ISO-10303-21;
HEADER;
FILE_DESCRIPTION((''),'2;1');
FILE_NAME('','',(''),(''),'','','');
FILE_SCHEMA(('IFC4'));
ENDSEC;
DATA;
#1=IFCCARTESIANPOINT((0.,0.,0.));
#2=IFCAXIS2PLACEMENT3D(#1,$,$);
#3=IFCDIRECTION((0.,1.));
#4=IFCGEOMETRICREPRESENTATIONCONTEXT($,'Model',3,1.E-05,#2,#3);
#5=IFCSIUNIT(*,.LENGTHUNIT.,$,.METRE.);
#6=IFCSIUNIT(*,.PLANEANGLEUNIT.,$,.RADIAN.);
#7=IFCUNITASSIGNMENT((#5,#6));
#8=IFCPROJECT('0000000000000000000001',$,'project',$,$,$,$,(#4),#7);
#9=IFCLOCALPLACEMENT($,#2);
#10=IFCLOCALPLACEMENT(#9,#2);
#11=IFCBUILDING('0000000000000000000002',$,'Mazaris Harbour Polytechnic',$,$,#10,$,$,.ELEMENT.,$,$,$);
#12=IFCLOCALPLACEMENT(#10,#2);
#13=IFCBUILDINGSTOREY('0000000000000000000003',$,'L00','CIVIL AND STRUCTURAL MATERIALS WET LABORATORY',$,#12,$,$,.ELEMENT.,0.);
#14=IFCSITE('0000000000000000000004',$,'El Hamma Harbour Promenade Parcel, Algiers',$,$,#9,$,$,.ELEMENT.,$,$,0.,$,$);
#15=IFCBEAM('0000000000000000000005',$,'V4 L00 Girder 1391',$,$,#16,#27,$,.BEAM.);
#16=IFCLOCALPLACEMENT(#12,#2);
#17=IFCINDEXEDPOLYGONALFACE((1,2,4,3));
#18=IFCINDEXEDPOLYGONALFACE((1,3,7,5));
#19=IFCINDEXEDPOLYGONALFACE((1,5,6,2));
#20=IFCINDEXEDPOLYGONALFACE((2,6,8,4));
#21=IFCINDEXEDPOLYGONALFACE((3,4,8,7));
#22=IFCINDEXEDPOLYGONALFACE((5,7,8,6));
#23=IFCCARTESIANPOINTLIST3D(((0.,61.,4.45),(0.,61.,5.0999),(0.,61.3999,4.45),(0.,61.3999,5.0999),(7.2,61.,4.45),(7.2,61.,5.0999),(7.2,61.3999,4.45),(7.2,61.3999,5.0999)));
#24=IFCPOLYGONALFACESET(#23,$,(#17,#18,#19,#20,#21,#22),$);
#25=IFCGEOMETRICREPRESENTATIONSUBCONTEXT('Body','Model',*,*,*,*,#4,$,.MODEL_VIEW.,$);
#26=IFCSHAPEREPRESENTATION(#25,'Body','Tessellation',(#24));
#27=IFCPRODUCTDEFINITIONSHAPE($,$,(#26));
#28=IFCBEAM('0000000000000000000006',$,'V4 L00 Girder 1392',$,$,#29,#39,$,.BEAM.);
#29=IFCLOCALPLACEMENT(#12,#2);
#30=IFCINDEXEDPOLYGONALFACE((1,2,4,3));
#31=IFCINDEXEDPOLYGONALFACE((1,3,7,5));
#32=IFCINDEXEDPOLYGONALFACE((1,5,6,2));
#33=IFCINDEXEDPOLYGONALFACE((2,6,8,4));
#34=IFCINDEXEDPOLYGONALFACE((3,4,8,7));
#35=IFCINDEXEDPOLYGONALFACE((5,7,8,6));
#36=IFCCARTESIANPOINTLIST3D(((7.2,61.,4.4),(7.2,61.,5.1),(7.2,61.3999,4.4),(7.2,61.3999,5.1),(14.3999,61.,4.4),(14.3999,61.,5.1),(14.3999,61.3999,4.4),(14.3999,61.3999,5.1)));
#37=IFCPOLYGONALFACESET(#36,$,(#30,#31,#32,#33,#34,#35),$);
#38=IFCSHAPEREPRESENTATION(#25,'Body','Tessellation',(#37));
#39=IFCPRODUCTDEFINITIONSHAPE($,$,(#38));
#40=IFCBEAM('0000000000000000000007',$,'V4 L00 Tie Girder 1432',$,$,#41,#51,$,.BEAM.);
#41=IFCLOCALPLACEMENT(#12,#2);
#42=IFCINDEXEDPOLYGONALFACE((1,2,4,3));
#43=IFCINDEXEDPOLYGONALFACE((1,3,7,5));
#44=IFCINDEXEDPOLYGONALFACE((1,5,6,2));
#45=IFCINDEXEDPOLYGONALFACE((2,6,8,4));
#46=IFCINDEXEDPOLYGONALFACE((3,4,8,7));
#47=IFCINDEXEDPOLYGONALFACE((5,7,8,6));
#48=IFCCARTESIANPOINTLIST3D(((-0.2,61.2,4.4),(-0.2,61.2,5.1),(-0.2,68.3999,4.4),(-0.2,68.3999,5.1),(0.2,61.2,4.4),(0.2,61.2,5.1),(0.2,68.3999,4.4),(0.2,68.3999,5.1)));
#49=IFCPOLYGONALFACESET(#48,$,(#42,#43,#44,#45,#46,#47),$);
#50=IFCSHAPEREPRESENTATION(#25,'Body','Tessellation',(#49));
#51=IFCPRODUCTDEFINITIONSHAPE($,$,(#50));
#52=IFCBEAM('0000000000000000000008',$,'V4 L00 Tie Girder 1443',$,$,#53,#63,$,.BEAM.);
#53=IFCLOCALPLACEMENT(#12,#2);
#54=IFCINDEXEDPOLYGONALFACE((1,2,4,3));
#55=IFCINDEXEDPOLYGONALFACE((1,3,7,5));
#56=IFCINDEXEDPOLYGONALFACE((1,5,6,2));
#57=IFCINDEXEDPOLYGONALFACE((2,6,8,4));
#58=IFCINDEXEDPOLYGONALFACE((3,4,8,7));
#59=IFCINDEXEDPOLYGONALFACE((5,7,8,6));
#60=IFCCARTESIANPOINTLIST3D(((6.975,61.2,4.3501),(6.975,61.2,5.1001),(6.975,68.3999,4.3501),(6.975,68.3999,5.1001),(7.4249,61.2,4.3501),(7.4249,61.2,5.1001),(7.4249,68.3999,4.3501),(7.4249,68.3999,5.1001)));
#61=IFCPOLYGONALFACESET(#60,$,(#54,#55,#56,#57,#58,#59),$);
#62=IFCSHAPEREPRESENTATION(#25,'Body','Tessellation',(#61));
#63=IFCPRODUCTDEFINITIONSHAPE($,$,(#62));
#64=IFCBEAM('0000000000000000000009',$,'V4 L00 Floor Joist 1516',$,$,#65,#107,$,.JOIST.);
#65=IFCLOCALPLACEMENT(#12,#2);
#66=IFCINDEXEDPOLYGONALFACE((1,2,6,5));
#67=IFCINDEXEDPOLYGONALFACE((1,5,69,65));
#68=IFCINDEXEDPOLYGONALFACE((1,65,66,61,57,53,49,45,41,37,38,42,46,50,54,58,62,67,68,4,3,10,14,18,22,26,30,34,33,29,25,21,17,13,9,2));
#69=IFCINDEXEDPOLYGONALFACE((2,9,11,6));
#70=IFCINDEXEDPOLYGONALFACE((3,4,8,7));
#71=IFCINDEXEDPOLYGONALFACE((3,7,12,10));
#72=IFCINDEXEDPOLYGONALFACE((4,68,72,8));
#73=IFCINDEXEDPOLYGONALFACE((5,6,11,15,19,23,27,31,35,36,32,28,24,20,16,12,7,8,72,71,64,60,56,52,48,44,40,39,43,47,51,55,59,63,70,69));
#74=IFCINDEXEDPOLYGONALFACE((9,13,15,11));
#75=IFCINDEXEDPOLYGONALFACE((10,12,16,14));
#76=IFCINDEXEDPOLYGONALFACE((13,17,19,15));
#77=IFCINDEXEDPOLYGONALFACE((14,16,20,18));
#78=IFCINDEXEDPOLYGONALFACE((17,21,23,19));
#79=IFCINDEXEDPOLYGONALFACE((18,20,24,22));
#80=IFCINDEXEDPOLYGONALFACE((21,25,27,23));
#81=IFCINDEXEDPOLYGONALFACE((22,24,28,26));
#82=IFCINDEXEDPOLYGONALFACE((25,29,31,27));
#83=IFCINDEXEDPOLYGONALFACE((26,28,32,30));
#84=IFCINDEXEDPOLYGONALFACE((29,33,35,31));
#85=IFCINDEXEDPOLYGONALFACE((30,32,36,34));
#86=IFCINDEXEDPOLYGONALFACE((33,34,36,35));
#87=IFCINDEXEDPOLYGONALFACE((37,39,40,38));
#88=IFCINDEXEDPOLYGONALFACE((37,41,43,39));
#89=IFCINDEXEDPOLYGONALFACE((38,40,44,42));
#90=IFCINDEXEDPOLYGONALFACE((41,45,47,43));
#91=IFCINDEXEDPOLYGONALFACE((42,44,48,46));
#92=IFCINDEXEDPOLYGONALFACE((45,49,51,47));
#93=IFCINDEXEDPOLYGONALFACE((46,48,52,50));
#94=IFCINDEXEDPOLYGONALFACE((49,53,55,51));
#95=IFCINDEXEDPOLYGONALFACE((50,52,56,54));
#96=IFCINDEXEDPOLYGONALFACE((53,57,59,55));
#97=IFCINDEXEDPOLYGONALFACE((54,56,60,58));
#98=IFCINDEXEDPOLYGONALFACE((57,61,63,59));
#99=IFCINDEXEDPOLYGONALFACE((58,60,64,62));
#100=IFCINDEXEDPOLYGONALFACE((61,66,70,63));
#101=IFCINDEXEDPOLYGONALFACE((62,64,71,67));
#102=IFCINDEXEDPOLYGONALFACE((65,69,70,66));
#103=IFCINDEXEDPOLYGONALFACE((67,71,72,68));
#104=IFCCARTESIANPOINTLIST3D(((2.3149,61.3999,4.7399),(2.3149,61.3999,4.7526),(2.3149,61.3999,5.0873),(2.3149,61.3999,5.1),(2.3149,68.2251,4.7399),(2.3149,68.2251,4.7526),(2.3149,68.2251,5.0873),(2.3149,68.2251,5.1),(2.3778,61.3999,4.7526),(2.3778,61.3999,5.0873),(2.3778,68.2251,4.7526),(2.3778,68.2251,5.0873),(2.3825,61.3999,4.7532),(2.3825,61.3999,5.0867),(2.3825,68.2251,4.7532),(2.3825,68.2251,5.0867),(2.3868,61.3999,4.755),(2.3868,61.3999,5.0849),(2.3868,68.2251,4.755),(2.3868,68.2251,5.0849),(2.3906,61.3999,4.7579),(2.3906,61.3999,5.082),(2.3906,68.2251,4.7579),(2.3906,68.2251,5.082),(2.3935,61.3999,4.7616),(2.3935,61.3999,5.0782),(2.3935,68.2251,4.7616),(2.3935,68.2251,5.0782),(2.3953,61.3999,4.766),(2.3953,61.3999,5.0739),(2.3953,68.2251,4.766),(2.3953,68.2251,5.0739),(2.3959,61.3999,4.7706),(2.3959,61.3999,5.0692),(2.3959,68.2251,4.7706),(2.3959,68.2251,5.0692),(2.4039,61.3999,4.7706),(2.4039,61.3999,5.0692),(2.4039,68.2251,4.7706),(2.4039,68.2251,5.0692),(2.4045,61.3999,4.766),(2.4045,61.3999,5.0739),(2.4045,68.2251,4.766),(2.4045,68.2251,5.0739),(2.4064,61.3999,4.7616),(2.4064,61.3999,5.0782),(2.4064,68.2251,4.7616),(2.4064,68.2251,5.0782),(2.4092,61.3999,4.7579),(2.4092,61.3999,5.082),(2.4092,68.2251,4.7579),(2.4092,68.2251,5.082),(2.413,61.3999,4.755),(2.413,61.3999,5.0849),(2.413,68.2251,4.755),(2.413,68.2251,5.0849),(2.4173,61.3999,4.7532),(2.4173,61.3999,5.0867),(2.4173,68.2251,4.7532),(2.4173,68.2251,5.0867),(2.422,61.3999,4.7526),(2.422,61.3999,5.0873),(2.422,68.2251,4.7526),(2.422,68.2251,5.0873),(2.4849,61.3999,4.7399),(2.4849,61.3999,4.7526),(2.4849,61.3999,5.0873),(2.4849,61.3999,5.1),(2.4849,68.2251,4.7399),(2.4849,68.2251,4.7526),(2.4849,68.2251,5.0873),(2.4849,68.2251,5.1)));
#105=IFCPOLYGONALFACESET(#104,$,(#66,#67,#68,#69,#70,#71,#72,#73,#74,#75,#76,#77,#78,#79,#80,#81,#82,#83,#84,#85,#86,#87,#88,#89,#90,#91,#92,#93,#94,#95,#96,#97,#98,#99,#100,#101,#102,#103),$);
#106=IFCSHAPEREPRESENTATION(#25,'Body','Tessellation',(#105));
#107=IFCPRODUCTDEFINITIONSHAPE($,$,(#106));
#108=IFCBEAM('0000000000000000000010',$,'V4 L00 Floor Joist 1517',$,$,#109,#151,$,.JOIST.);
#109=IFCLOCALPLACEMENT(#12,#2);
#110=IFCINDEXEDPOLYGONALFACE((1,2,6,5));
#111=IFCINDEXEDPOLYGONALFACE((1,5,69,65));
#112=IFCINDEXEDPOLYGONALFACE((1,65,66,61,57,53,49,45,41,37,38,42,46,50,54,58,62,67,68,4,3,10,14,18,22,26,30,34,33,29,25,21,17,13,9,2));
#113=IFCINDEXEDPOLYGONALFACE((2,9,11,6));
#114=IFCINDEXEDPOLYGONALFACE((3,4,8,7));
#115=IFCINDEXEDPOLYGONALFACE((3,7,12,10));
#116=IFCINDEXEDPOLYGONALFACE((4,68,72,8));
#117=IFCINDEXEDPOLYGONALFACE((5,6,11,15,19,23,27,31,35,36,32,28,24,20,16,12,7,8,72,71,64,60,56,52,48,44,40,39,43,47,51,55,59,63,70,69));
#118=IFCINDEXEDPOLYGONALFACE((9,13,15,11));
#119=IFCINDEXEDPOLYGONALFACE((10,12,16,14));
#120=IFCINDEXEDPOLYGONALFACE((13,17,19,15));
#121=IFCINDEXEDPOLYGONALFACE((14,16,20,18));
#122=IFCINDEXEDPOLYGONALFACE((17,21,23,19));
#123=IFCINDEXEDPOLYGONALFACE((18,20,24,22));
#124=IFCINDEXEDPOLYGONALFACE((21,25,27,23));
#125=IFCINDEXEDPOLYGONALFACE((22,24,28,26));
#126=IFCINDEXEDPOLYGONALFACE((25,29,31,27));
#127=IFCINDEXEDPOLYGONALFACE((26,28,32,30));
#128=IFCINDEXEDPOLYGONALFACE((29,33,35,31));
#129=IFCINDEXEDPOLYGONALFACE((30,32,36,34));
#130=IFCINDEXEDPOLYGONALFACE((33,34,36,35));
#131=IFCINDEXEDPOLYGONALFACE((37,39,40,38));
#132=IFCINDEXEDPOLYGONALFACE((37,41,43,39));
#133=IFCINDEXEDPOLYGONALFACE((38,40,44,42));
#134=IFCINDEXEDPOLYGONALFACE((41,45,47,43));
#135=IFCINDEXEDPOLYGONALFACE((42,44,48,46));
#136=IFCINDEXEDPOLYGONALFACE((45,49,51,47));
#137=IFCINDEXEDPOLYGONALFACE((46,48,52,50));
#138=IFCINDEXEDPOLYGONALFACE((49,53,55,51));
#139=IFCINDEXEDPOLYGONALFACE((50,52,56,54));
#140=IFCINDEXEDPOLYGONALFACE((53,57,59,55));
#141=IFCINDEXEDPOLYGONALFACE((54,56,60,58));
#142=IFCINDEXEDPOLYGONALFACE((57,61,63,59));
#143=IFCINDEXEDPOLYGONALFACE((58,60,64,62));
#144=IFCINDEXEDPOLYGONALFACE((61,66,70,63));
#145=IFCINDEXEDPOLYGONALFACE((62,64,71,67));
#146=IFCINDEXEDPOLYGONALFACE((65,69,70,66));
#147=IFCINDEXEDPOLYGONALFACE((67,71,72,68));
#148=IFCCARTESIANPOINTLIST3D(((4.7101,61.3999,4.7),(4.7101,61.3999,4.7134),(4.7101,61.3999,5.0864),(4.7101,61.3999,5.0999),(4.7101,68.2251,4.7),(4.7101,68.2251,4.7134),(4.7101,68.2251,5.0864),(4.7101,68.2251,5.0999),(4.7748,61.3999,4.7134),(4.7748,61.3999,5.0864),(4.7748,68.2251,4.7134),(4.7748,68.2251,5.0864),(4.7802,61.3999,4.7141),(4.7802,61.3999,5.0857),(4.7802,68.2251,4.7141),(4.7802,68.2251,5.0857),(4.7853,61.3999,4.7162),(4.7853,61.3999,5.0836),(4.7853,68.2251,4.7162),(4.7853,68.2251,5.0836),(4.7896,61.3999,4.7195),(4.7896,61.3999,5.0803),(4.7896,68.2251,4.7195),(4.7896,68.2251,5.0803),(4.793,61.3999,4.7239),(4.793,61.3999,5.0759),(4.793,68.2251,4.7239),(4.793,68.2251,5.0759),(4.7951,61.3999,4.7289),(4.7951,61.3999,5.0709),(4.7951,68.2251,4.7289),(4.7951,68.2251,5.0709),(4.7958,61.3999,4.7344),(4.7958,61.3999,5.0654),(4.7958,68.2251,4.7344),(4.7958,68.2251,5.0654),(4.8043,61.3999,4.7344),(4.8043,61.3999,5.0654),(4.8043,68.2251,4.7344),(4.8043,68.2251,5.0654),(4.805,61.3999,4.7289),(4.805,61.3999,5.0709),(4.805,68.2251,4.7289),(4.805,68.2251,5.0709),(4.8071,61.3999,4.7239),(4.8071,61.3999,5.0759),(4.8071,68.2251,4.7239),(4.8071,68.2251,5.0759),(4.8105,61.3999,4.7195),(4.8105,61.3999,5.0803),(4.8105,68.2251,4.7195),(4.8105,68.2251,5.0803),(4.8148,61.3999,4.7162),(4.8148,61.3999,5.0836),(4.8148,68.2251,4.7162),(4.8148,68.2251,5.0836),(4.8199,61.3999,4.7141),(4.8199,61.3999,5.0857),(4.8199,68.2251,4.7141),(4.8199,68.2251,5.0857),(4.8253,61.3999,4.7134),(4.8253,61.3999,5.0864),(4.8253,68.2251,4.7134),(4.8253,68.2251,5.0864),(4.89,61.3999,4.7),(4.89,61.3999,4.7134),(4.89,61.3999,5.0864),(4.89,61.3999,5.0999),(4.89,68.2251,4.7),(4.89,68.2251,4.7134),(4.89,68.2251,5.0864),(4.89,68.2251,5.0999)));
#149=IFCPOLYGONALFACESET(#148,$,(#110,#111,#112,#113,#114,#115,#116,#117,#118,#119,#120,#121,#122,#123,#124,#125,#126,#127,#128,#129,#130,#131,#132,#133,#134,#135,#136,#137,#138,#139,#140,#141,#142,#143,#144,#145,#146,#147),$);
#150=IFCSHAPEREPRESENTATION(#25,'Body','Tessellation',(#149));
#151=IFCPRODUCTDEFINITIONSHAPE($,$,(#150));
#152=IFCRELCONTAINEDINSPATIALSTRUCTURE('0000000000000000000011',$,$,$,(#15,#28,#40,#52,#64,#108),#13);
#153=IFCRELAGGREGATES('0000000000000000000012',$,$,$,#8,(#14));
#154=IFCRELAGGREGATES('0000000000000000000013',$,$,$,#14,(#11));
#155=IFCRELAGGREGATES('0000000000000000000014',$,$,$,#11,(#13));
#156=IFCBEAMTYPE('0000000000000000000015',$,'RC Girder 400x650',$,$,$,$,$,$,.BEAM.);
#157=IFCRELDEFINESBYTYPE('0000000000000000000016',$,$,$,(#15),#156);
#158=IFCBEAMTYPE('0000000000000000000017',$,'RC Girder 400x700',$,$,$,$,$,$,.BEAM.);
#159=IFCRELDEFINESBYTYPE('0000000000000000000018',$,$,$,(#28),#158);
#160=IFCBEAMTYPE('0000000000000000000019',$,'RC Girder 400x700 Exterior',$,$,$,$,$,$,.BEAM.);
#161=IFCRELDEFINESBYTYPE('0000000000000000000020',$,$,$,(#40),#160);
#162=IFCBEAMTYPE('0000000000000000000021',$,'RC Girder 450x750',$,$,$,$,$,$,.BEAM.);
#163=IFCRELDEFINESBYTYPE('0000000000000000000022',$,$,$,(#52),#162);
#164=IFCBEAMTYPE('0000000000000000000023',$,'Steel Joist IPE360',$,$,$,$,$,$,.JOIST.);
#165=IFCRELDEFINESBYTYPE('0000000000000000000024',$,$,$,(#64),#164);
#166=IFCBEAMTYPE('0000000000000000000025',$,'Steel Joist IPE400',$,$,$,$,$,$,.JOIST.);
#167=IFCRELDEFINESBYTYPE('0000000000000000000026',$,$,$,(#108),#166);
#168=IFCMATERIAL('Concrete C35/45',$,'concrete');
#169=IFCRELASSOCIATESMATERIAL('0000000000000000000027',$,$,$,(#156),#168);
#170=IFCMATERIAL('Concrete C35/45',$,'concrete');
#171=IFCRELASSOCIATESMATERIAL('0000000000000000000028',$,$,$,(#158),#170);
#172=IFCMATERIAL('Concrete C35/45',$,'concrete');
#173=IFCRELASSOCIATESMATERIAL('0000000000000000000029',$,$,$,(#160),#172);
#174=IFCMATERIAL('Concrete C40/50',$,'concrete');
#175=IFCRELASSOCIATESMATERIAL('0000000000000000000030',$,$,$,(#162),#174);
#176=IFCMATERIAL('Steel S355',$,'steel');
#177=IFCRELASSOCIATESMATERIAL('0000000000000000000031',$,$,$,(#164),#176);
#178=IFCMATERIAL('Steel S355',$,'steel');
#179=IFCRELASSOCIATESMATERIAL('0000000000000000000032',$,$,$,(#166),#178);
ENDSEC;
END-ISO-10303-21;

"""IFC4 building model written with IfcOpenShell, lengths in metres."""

from ifc_helpers import new_model, si_unit, direction, frame, origin, origin_2d, place, context, subcontext, project, spatial, rectangle, i_section, extrude, material, material_profile, profile_set, type_object, element, save


model = new_model("IFC4")

# Units and contexts
model_context = context("Model", 3, precision=1e-05, world=origin(), true_north=direction((0.0, 1.0)))
body_context = subcontext(model_context, "Body", "Model", "MODEL_VIEW")
ifc_project = project(units=[si_unit("LENGTHUNIT", "METRE"), si_unit("PLANEANGLEUNIT", "RADIAN")], contexts=[model_context])

# Site, building, storey
site_placement = place(None, origin())
site = spatial("IfcSite", under=ifc_project, at=site_placement, Name="El Hamma Harbour Promenade Parcel, Algiers", CompositionType="ELEMENT", RefElevation=0.0)
building_placement = place(site_placement, origin())
building = spatial("IfcBuilding", under=site, at=building_placement, Name="Mazaris Harbour Polytechnic", CompositionType="ELEMENT")
storey_placement = place(building_placement, origin())
storey = spatial("IfcBuildingStorey", under=building, at=storey_placement, Name="L00", Description="CIVIL AND STRUCTURAL MATERIALS WET LABORATORY", CompositionType="ELEMENT", Elevation=0.0)

# Beams
ifc_material_1 = material(Name="Concrete C35/45", Category="concrete")
ifc_material_profile_1 = material_profile(ifc_material_1, rectangle(XDim=0.3999, YDim=0.6499, at=origin_2d()), Name="RECT400x650")
ifc_profile_set_1 = profile_set([ifc_material_profile_1], Name="Concrete C35/45")
beam_type_1 = type_object("IfcBeamType", Name="RC Girder 400x650", PredefinedType="BEAM", material=ifc_profile_set_1)
beam_1_placement = place(storey_placement, frame((0.0, 61.2, 4.7749), z_axis=(1.0, 0.0, 0.0), x_axis=(0.0, 1.0, 0.0)))
element("IfcBeam", 1, at=beam_1_placement, inside=storey, type_object=beam_type_1, Name="V4 L00 Girder 1391", PredefinedType="BEAM", context=body_context, shape_type="SweptSolid", body=[
    extrude(rectangle(XDim=0.3999, YDim=0.6499, at=origin_2d()), origin(), (0.0, 0.0, 1.0), 7.2),
])
ifc_material_2 = material(Name="Concrete C35/45", Category="concrete")
ifc_material_profile_2 = material_profile(ifc_material_2, rectangle(XDim=0.3999, YDim=0.7, at=origin_2d()), Name="RECT400x700")
ifc_profile_set_2 = profile_set([ifc_material_profile_2], Name="Concrete C35/45")
beam_type_2 = type_object("IfcBeamType", Name="RC Girder 400x700", PredefinedType="BEAM", material=ifc_profile_set_2)
beam_2_placement = place(storey_placement, frame((7.2, 61.2, 4.75), z_axis=(1.0, 0.0, 0.0), x_axis=(0.0, 1.0, 0.0)))
element("IfcBeam", 2, at=beam_2_placement, inside=storey, type_object=beam_type_2, Name="V4 L00 Girder 1392", PredefinedType="BEAM", context=body_context, shape_type="SweptSolid", body=[
    extrude(rectangle(XDim=0.3999, YDim=0.7, at=origin_2d()), origin(), (0.0, 0.0, 1.0), 7.2),
])
ifc_material_3 = material(Name="Concrete C35/45", Category="concrete")
ifc_material_profile_3 = material_profile(ifc_material_3, rectangle(XDim=0.3999, YDim=0.7, at=origin_2d()), Name="RECT400x700")
ifc_profile_set_3 = profile_set([ifc_material_profile_3], Name="Concrete C35/45")
beam_type_3 = type_object("IfcBeamType", Name="RC Girder 400x700 Exterior", PredefinedType="BEAM", material=ifc_profile_set_3)
beam_3_placement = place(storey_placement, frame((0.0, 61.2, 4.75), z_axis=(0.0, 1.0, 0.0), x_axis=(-1.0, 0.0, 0.0)))
element("IfcBeam", 3, at=beam_3_placement, inside=storey, type_object=beam_type_3, Name="V4 L00 Tie Girder 1432", PredefinedType="BEAM", context=body_context, shape_type="SweptSolid", body=[
    extrude(rectangle(XDim=0.3999, YDim=0.7, at=origin_2d()), origin(), (0.0, 0.0, 1.0), 7.2),
])
ifc_material_4 = material(Name="Concrete C40/50", Category="concrete")
ifc_material_profile_4 = material_profile(ifc_material_4, rectangle(XDim=0.45, YDim=0.75, at=origin_2d()), Name="RECT450x750")
ifc_profile_set_4 = profile_set([ifc_material_profile_4], Name="Concrete C40/50")
beam_type_4 = type_object("IfcBeamType", Name="RC Girder 450x750", PredefinedType="BEAM", material=ifc_profile_set_4)
beam_4_placement = place(storey_placement, frame((7.2, 61.2, 4.7251), z_axis=(0.0, 1.0, 0.0), x_axis=(-1.0, 0.0, 0.0)))
element("IfcBeam", 4, at=beam_4_placement, inside=storey, type_object=beam_type_4, Name="V4 L00 Tie Girder 1443", PredefinedType="BEAM", context=body_context, shape_type="SweptSolid", body=[
    extrude(rectangle(XDim=0.45, YDim=0.75, at=origin_2d()), origin(), (0.0, 0.0, 1.0), 7.2),
])
ifc_material_5 = material(Name="Steel S355", Category="steel")
ifc_material_profile_5 = material_profile(ifc_material_5, i_section(OverallWidth=0.1699, OverallDepth=0.3601, WebThickness=0.0081, FlangeThickness=0.0127, FilletRadius=0.0181, at=origin_2d()), Name="IPE 360")
ifc_profile_set_5 = profile_set([ifc_material_profile_5], Name="Steel S355")
beam_type_5 = type_object("IfcBeamType", Name="Steel Joist IPE360", PredefinedType="JOIST", material=ifc_profile_set_5)
beam_5_placement = place(storey_placement, frame((2.3999, 61.3999, 4.9199), z_axis=(0.0, 1.0, 0.0), x_axis=(-1.0, 0.0, 0.0)))
element("IfcBeam", 5, at=beam_5_placement, inside=storey, type_object=beam_type_5, Name="V4 L00 Floor Joist 1516", PredefinedType="JOIST", context=body_context, shape_type="SweptSolid", body=[
    extrude(i_section(OverallWidth=0.1699, OverallDepth=0.3601, WebThickness=0.0081, FlangeThickness=0.0127, FilletRadius=0.0181, at=origin_2d()), origin(), (0.0, 0.0, 1.0), 6.8252),
])
ifc_material_6 = material(Name="Steel S355", Category="steel")
ifc_material_profile_6 = material_profile(ifc_material_6, i_section(OverallWidth=0.1799, OverallDepth=0.3999, WebThickness=0.0085, FlangeThickness=0.0134, FilletRadius=0.021, at=origin_2d()), Name="IPE 400")
ifc_profile_set_6 = profile_set([ifc_material_profile_6], Name="Steel S355")
beam_type_6 = type_object("IfcBeamType", Name="Steel Joist IPE400", PredefinedType="JOIST", material=ifc_profile_set_6)
beam_6_placement = place(storey_placement, frame((4.8, 61.3999, 4.8999), z_axis=(0.0, 1.0, 0.0), x_axis=(-1.0, 0.0, 0.0)))
element("IfcBeam", 6, at=beam_6_placement, inside=storey, type_object=beam_type_6, Name="V4 L00 Floor Joist 1517", PredefinedType="JOIST", context=body_context, shape_type="SweptSolid", body=[
    extrude(i_section(OverallWidth=0.1799, OverallDepth=0.3999, WebThickness=0.0085, FlangeThickness=0.0134, FilletRadius=0.021, at=origin_2d()), origin(), (0.0, 0.0, 1.0), 6.8252),
])

save(model, "model.ifc")
